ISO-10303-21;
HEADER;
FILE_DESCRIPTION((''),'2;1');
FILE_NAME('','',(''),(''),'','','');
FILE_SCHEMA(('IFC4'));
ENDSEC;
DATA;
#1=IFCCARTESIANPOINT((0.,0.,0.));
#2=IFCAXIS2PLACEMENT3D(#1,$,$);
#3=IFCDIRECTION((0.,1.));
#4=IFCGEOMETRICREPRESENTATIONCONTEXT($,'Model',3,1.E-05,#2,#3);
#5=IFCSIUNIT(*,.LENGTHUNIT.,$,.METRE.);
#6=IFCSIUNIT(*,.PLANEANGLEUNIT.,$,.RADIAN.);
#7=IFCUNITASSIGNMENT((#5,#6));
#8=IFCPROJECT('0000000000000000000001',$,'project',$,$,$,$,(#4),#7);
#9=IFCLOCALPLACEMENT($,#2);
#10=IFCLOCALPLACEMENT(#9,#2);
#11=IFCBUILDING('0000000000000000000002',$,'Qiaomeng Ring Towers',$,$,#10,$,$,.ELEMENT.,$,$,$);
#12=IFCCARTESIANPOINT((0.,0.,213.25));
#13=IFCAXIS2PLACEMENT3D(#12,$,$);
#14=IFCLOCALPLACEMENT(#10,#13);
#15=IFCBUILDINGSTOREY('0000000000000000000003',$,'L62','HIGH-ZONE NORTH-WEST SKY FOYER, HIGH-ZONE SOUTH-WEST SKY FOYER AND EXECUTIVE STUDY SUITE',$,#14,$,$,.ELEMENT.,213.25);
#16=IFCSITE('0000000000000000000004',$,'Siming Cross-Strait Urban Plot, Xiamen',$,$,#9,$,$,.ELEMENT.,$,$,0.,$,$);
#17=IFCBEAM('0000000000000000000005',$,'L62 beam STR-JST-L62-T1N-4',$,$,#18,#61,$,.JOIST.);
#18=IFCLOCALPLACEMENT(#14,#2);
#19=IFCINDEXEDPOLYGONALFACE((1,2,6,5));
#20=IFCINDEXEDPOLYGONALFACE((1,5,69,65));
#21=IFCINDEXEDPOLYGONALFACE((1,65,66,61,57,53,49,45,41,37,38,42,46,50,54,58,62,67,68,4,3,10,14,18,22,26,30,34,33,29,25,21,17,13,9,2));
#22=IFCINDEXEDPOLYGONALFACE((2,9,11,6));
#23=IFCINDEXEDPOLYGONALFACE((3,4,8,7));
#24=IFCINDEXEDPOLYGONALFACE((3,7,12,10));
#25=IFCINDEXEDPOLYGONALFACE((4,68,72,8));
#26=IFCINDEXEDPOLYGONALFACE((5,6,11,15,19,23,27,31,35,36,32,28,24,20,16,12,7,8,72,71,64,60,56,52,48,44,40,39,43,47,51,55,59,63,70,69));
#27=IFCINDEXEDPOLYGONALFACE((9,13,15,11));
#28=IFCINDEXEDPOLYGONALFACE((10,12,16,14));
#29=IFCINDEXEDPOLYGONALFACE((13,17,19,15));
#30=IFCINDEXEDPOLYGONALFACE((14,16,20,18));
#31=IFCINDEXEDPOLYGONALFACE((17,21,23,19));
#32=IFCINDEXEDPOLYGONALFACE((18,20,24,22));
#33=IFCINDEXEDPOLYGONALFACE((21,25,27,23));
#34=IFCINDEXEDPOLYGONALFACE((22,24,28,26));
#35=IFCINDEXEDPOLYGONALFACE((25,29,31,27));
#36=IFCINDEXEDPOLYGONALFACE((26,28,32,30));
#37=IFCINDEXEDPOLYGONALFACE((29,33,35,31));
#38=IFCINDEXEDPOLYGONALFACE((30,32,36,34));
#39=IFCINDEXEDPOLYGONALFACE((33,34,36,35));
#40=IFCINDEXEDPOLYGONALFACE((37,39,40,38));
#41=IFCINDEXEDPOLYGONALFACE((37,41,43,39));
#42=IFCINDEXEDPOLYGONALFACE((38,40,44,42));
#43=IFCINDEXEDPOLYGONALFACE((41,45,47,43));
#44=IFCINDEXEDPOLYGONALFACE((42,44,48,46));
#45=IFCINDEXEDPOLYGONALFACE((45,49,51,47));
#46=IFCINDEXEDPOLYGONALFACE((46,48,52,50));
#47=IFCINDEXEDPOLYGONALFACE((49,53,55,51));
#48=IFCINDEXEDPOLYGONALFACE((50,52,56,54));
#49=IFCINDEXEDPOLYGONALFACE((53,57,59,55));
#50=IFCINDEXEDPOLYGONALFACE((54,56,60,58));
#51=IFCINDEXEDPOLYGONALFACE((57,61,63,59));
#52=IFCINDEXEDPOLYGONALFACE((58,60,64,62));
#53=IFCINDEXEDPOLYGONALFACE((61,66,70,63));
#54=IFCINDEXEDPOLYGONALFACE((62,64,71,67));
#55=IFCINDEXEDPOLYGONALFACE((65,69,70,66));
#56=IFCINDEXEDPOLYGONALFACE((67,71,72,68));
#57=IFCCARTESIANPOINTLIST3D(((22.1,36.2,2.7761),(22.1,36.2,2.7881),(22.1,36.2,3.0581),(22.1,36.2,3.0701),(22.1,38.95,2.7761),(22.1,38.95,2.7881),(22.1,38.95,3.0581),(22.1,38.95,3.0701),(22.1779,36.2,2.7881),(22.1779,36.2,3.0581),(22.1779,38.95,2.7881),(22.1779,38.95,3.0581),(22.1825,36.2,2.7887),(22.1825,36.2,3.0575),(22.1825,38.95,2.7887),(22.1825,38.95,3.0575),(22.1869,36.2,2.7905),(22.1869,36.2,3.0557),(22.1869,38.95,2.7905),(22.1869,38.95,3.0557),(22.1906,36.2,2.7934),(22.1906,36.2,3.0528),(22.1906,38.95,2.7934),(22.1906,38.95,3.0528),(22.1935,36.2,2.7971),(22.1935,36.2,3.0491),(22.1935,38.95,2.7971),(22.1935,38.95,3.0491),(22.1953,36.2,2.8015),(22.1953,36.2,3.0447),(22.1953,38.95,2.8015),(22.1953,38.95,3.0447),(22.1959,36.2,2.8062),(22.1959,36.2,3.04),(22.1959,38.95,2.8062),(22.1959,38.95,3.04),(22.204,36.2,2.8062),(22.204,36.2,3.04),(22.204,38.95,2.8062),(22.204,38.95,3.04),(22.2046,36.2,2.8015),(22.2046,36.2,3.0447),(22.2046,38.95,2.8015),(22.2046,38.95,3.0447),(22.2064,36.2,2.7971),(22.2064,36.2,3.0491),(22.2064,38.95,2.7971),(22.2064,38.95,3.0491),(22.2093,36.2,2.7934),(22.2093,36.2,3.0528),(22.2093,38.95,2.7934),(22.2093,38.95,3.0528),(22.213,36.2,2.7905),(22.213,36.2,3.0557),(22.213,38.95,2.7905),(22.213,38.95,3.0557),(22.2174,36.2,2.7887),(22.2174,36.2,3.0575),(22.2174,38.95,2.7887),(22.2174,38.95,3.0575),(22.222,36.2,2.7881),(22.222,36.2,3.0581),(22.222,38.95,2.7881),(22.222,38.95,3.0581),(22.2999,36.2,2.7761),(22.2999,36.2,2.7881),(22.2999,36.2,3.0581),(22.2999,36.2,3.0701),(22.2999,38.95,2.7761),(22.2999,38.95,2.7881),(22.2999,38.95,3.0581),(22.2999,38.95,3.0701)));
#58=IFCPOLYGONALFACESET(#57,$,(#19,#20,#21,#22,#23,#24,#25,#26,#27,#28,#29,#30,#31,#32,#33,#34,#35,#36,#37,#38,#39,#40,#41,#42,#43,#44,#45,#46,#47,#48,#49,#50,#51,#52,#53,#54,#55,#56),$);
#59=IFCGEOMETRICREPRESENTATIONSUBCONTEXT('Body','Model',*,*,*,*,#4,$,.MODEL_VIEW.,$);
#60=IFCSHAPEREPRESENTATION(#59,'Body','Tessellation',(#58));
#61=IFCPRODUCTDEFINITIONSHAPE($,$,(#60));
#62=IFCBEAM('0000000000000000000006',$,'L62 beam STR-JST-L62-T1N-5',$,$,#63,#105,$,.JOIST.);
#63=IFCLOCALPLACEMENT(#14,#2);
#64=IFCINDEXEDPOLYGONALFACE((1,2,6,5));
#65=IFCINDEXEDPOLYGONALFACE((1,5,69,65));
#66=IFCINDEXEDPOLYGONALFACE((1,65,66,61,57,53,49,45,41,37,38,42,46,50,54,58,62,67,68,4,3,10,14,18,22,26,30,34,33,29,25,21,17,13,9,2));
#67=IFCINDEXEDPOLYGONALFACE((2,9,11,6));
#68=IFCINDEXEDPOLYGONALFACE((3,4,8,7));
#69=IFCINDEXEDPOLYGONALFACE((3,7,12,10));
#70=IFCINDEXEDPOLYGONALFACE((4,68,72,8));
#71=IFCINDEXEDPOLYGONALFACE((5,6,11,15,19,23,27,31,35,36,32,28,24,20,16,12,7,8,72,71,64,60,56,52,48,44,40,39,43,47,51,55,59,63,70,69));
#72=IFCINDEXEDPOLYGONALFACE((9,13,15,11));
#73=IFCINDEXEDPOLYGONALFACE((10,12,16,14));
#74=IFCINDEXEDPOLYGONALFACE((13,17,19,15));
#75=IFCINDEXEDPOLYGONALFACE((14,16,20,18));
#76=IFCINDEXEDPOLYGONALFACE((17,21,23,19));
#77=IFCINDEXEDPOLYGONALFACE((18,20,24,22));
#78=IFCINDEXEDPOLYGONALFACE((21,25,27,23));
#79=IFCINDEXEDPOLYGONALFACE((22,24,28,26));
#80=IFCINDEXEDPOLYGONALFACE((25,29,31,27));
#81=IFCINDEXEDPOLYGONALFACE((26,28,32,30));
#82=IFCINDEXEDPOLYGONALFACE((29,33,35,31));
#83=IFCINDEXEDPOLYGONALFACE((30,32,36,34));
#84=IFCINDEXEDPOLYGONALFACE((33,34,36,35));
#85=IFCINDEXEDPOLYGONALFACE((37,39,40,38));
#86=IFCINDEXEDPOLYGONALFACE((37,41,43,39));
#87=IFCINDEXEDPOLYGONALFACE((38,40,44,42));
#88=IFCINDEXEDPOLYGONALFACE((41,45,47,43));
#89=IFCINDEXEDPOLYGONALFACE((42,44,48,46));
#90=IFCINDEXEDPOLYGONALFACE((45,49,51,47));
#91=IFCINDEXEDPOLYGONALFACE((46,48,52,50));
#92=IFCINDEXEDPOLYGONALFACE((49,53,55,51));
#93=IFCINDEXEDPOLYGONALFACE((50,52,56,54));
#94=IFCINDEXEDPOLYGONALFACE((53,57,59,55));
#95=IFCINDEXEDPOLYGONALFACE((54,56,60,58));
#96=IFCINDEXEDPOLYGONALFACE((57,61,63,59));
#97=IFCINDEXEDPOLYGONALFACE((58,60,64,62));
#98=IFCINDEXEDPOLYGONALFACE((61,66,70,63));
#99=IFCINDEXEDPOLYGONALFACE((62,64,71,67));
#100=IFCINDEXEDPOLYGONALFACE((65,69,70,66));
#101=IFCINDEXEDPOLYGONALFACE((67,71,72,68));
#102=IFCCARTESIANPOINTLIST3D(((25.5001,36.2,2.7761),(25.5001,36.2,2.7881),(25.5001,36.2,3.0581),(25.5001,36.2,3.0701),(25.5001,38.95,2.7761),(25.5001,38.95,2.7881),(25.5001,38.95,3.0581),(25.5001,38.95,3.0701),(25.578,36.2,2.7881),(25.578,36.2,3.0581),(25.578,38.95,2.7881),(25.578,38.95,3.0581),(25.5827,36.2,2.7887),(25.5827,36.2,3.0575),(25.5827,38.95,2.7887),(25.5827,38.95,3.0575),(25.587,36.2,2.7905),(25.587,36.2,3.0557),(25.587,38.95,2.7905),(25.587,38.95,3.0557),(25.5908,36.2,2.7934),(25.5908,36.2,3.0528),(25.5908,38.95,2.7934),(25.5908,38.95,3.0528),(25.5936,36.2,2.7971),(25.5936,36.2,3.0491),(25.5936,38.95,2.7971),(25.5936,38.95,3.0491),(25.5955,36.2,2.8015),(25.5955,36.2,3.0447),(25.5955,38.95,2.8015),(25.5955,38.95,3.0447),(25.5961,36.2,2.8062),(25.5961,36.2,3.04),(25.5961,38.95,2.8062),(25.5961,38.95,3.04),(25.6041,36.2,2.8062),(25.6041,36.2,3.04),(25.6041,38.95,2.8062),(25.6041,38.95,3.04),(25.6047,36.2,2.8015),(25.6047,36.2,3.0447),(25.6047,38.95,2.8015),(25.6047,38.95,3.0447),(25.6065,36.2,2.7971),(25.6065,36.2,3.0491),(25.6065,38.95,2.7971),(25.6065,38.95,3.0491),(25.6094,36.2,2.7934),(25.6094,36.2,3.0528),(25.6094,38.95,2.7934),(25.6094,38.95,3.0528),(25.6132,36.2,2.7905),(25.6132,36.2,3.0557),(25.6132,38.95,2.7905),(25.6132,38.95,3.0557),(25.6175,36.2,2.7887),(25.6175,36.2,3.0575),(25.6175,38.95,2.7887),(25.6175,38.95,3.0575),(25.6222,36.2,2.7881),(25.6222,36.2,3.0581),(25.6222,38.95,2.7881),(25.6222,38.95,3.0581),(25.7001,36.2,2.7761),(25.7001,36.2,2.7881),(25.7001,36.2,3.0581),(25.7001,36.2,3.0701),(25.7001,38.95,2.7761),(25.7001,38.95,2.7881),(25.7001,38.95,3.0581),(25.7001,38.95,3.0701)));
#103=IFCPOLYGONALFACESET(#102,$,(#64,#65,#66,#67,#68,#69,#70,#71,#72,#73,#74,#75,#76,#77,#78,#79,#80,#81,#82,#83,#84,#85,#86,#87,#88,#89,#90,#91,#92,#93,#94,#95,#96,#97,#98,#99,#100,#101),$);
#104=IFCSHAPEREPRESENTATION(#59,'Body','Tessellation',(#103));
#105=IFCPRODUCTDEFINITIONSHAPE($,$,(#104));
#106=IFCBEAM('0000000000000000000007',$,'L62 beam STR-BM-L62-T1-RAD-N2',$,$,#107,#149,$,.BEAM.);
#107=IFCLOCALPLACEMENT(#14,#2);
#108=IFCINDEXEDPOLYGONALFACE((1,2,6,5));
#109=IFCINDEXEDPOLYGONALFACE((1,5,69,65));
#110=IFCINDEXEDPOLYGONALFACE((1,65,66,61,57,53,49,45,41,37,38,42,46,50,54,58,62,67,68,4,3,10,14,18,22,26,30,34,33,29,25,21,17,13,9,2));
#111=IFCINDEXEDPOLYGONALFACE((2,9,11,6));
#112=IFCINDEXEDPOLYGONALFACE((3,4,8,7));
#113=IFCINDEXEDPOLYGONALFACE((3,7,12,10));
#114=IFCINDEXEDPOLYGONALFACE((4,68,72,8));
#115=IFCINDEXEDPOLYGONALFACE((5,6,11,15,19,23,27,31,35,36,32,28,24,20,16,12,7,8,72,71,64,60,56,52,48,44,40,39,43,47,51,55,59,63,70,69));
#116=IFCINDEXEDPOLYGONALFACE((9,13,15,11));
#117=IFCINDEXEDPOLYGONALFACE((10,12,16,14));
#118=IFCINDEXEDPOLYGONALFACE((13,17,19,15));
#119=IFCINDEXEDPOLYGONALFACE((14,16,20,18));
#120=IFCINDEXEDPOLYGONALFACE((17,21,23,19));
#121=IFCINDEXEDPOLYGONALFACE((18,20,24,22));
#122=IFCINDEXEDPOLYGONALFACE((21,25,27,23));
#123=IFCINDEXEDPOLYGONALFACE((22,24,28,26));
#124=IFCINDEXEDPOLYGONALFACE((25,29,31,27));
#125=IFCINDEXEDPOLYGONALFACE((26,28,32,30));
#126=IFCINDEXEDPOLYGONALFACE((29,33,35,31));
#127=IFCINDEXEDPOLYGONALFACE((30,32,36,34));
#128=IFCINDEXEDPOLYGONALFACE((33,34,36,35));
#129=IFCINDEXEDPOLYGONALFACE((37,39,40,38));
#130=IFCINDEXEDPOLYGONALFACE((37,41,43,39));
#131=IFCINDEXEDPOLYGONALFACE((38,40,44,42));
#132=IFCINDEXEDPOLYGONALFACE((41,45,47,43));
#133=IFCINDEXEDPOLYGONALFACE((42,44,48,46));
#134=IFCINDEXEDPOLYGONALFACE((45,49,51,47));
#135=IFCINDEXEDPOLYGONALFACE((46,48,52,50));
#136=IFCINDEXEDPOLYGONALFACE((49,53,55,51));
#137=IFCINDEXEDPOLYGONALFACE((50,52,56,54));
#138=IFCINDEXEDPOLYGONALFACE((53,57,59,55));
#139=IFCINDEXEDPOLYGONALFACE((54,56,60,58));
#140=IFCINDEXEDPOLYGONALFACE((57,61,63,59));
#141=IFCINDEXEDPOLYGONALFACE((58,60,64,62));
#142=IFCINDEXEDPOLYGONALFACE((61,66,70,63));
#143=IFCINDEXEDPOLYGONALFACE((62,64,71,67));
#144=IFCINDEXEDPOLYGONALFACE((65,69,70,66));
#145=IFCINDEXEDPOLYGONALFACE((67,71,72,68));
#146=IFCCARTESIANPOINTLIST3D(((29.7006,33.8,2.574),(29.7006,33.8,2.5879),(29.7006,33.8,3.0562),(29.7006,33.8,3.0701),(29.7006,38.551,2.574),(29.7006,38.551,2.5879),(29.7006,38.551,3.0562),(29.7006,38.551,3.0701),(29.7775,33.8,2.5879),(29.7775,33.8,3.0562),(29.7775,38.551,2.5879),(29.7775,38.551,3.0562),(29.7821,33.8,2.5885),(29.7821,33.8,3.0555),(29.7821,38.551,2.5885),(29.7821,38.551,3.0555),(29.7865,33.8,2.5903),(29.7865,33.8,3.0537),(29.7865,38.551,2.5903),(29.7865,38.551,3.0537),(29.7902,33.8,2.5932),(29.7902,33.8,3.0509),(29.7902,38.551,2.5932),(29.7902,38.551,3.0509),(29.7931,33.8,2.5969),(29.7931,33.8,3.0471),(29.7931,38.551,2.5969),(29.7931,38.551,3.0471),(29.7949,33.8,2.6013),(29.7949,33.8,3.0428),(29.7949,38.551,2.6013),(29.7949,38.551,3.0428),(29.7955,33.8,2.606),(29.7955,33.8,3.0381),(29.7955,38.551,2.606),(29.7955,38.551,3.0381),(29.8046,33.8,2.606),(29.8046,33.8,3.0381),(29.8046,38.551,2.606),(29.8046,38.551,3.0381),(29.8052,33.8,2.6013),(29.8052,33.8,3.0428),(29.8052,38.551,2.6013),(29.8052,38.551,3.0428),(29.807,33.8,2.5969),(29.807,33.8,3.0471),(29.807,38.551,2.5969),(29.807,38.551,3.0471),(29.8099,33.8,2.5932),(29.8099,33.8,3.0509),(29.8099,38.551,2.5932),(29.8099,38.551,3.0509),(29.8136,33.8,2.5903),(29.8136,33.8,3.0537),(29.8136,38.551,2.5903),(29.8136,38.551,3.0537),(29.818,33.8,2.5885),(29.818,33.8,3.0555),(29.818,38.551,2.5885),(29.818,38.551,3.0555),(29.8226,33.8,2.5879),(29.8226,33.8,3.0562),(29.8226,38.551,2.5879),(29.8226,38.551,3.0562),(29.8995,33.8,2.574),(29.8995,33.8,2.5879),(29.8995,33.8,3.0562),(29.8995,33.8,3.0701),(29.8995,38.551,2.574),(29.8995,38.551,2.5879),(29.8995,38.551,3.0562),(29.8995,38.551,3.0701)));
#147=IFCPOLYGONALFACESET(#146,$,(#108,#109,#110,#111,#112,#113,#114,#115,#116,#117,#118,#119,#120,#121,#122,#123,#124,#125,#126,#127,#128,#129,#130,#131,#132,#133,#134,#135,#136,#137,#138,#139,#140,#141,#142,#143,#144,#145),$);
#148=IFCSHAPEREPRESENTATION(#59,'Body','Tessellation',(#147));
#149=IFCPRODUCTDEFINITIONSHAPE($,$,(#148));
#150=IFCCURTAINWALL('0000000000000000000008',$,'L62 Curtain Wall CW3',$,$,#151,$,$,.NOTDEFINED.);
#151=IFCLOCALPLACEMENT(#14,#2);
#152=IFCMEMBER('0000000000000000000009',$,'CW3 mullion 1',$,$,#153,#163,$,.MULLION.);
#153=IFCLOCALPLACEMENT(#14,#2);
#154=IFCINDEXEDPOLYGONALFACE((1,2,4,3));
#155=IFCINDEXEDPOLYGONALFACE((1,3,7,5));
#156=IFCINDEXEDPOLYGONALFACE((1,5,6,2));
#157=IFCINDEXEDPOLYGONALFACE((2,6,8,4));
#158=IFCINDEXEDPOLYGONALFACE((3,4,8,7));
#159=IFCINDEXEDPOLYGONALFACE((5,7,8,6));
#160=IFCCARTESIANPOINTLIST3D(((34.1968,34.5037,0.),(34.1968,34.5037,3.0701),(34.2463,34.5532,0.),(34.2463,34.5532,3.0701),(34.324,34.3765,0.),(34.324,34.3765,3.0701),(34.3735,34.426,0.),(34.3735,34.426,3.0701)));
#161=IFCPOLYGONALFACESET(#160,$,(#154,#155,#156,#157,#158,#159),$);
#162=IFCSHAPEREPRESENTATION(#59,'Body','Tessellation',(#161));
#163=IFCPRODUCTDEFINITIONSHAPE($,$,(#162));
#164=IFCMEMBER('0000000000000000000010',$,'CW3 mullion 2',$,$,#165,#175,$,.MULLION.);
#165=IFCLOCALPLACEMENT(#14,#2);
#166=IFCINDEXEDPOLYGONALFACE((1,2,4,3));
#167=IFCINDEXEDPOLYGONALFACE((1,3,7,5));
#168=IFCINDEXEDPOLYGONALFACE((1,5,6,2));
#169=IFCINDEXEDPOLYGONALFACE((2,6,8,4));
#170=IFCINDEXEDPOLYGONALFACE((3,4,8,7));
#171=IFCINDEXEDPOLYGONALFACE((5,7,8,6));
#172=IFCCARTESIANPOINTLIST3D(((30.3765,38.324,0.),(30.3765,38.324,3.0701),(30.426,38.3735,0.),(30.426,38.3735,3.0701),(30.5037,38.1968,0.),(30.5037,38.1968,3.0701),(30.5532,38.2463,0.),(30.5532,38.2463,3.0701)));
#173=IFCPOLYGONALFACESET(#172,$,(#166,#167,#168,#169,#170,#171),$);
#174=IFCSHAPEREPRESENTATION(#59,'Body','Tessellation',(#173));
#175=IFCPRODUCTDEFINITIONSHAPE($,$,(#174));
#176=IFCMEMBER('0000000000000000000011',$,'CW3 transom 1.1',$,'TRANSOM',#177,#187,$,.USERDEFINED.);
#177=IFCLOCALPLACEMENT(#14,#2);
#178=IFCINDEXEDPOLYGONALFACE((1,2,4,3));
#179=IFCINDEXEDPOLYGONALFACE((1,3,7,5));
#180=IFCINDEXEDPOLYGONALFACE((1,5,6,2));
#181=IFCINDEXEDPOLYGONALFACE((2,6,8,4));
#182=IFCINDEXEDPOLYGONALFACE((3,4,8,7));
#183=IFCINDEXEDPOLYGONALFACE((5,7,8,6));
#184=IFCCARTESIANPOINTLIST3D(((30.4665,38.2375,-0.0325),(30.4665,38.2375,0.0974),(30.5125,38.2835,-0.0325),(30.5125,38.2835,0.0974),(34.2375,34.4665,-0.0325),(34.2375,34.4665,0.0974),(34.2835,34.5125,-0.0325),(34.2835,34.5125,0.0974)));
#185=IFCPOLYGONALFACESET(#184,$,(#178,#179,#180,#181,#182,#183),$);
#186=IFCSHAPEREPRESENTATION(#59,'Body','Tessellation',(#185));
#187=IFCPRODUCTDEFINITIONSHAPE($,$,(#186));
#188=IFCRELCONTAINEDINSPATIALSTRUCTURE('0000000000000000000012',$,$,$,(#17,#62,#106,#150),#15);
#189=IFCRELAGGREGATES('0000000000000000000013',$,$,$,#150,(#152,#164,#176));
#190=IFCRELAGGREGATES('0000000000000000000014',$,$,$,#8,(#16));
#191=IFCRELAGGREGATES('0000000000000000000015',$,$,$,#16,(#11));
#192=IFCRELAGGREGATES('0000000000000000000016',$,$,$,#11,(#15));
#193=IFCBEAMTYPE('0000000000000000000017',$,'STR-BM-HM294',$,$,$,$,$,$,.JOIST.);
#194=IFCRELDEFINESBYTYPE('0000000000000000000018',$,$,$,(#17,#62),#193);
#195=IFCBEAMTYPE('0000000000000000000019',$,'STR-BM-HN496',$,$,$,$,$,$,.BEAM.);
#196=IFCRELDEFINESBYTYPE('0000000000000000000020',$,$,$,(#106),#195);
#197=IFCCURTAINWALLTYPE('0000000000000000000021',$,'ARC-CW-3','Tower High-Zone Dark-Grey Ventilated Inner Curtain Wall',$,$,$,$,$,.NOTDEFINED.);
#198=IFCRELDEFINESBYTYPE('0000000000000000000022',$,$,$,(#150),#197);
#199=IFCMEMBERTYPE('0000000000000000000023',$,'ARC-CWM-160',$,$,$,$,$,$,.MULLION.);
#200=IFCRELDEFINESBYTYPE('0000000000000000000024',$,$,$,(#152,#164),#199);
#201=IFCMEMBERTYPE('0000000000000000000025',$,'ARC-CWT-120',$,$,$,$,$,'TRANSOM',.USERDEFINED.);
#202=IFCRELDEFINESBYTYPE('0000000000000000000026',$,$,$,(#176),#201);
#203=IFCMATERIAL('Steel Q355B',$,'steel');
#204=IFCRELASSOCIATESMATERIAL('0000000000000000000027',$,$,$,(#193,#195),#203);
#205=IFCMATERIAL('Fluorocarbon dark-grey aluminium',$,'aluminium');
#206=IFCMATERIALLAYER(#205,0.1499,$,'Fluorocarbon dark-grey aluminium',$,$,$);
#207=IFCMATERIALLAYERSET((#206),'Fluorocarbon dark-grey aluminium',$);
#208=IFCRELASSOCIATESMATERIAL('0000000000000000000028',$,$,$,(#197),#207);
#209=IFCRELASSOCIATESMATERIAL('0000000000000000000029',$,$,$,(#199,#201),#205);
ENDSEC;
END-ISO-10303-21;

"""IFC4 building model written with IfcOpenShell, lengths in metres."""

from ifc_helpers import new_model, si_unit, direction, frame, origin, origin_2d, place, context, subcontext, project, spatial, rectangle, i_section, extrude, source, transform, mapped, material, layer, layer_set, material_profile, profile_set, type_object, element, aggregate, save


model = new_model("IFC4")

# Units and contexts
model_context = context("Model", 3, precision=1e-05, world=origin(), true_north=direction((0.0, 1.0)))
body_context = subcontext(model_context, "Body", "Model", "MODEL_VIEW")
ifc_project = project(units=[si_unit("LENGTHUNIT", "METRE"), si_unit("PLANEANGLEUNIT", "RADIAN")], contexts=[model_context])

# Site, building, storey
site_placement = place(None, origin())
site = spatial("IfcSite", under=ifc_project, at=site_placement, Name="Siming Cross-Strait Urban Plot, Xiamen", CompositionType="ELEMENT", RefElevation=0.0)
building_placement = place(site_placement, origin())
building = spatial("IfcBuilding", under=site, at=building_placement, Name="Qiaomeng Ring Towers", CompositionType="ELEMENT")
storey_placement = place(building_placement, frame((0.0, 0.0, 213.25)))
storey = spatial("IfcBuildingStorey", under=building, at=storey_placement, Name="L62", Description="HIGH-ZONE NORTH-WEST SKY FOYER, HIGH-ZONE SOUTH-WEST SKY FOYER AND EXECUTIVE STUDY SUITE", CompositionType="ELEMENT", Elevation=213.25)

# Beams
ifc_material_1 = material(Name="Steel Q355B", Category="steel")
ifc_material_profile_1 = material_profile(ifc_material_1, i_section(OverallWidth=0.2, OverallDepth=0.2939, WebThickness=0.0081, FlangeThickness=0.012, FilletRadius=0.0181, at=origin_2d()), Name="HM 294x200x8x12")
ifc_profile_set_1 = profile_set([ifc_material_profile_1], Name="Steel Q355B")
beam_type_1 = type_object("IfcBeamType", Name="STR-BM-HM294", PredefinedType="JOIST", material=ifc_profile_set_1)
shared_shape_1 = source(origin(), body_context, "Body", "SweptSolid", [
    extrude(i_section(OverallWidth=0.2, OverallDepth=0.2939, WebThickness=0.0081, FlangeThickness=0.012, FilletRadius=0.0181, at=origin_2d()), origin(), (0.0, 0.0, 1.0), 2.75),
])
for number, where, z_axis, x_axis, name in (
    (1, (22.2, 36.2, 2.9231), (0.0, 1.0, 0.0), (-1.0, 0.0, 0.0), "L62 beam STR-JST-L62-T1N-4"),
    (2, (25.6001, 36.2, 2.9231), (0.0, 1.0, 0.0), (-1.0, 0.0, 0.0), "L62 beam STR-JST-L62-T1N-5"),
):
    element("IfcBeam", number, at=place(storey_placement, frame(where, z_axis=z_axis, x_axis=x_axis)), inside=storey, type_object=beam_type_1, Name=name, PredefinedType="JOIST", context=body_context, shape_type="MappedRepresentation", body=[
        mapped(shared_shape_1, transform((0.0, 0.0, 0.0), x_axis=(1.0, 0.0, 0.0), y_axis=(0.0, 1.0, 0.0), z_axis=(0.0, 0.0, 1.0), scale=1.0)),
    ])
ifc_material_profile_2 = material_profile(ifc_material_1, i_section(OverallWidth=0.199, OverallDepth=0.4961, WebThickness=0.009, FlangeThickness=0.0139, FilletRadius=0.0181, at=origin_2d()), Name="HN 496x199x9x14")
ifc_profile_set_2 = profile_set([ifc_material_profile_2], Name="Steel Q355B")
beam_type_2 = type_object("IfcBeamType", Name="STR-BM-HN496", PredefinedType="BEAM", material=ifc_profile_set_2)
shared_shape_2 = source(origin(), body_context, "Body", "SweptSolid", [
    extrude(i_section(OverallWidth=0.199, OverallDepth=0.4961, WebThickness=0.009, FlangeThickness=0.0139, FilletRadius=0.0181, at=origin_2d()), origin(), (0.0, 0.0, 1.0), 4.751),
])
beam_1_placement = place(storey_placement, frame((29.8, 38.551, 2.822), z_axis=(0.0, -1.0, 0.0), x_axis=(1.0, 0.0, 0.0)))
element("IfcBeam", 3, at=beam_1_placement, inside=storey, type_object=beam_type_2, Name="L62 beam STR-BM-L62-T1-RAD-N2", PredefinedType="BEAM", context=body_context, shape_type="MappedRepresentation", body=[
    mapped(shared_shape_2, transform((0.0, 0.0, 0.0), x_axis=(1.0, 0.0, 0.0), y_axis=(0.0, 1.0, 0.0), z_axis=(0.0, 0.0, 1.0), scale=1.0)),
])

# Curtain wall, members
ifc_material_2 = material(Name="Fluorocarbon dark-grey aluminium", Category="aluminium")
ifc_layer_1 = layer(ifc_material_2, 0.1499, Name="Fluorocarbon dark-grey aluminium")
ifc_layer_set_1 = layer_set([ifc_layer_1], Name="Fluorocarbon dark-grey aluminium")
curtain_wall_type = type_object("IfcCurtainWallType", Name="ARC-CW-3", Description="Tower High-Zone Dark-Grey Ventilated Inner Curtain Wall", PredefinedType="NOTDEFINED", material=ifc_layer_set_1)
curtain_wall_placement = place(storey_placement, origin())
curtain_wall = element("IfcCurtainWall", 4, at=curtain_wall_placement, inside=storey, type_object=curtain_wall_type, Name="L62 Curtain Wall CW3", PredefinedType="NOTDEFINED")
ifc_material_profile_3 = material_profile(ifc_material_2, rectangle(XDim=0.0701, YDim=0.1799, at=origin_2d()), Name="ALU MULL 70x180")
ifc_profile_set_3 = profile_set([ifc_material_profile_3], Name="Fluorocarbon dark-grey aluminium")
member_type_1 = type_object("IfcMemberType", Name="ARC-CWM-160", PredefinedType="MULLION", material=ifc_profile_set_3)
shared_shape_3 = source(origin(), body_context, "Body", "SweptSolid", [
    extrude(rectangle(XDim=0.0701, YDim=0.1799, at=origin_2d()), origin(), (0.0, 0.0, 1.0), 3.0701),
])
member_1_placement = place(storey_placement, frame((34.2852, 34.4648, 0.0), z_axis=(0.0, 0.0, 1.0), x_axis=(-0.707107, -0.707107, 0.0)))
member_1 = element("IfcMember", 5, at=member_1_placement, type_object=member_type_1, Name="CW3 mullion 1", PredefinedType="MULLION", context=body_context, shape_type="MappedRepresentation", body=[
    mapped(shared_shape_3, transform((0.0, 0.0, 0.0), x_axis=(1.0, 0.0, 0.0), y_axis=(0.0, 1.0, 0.0), z_axis=(0.0, 0.0, 1.0), scale=1.0)),
])
member_2_placement = place(storey_placement, frame((30.4648, 38.2852, 0.0), z_axis=(0.0, 0.0, 1.0), x_axis=(-0.707107, -0.707107, 0.0)))
member_2 = element("IfcMember", 6, at=member_2_placement, type_object=member_type_1, Name="CW3 mullion 2", PredefinedType="MULLION", context=body_context, shape_type="MappedRepresentation", body=[
    mapped(shared_shape_3, transform((0.0, 0.0, 0.0), x_axis=(1.0, 0.0, 0.0), y_axis=(0.0, 1.0, 0.0), z_axis=(0.0, 0.0, 1.0), scale=1.0)),
])
ifc_material_profile_4 = material_profile(ifc_material_2, rectangle(XDim=0.0649, YDim=0.1299, at=origin_2d()), Name="ALU TRAN 65x130")
ifc_profile_set_4 = profile_set([ifc_material_profile_4], Name="Fluorocarbon dark-grey aluminium")
member_type_2 = type_object("IfcMemberType", Name="ARC-CWT-120", ElementType="TRANSOM", PredefinedType="USERDEFINED", material=ifc_profile_set_4)
shared_shape_4 = source(origin(), body_context, "Body", "SweptSolid", [
    extrude(rectangle(XDim=0.0649, YDim=0.1299, at=origin_2d()), origin(), (0.0, 0.0, 1.0), 5.333),
])
member_3_placement = place(storey_placement, frame((34.2605, 34.4895, 0.0325), z_axis=(-0.707107, 0.707107, 0.0), x_axis=(-0.707107, -0.707107, 0.0)))
member_3 = element("IfcMember", 7, at=member_3_placement, type_object=member_type_2, Name="CW3 transom 1.1", ObjectType="TRANSOM", PredefinedType="USERDEFINED", context=body_context, shape_type="MappedRepresentation", body=[
    mapped(shared_shape_4, transform((0.0, 0.0, 0.0), x_axis=(1.0, 0.0, 0.0), y_axis=(0.0, 1.0, 0.0), z_axis=(0.0, 0.0, 1.0), scale=1.0)),
])
aggregate(curtain_wall, [member_1, member_2, member_3])

save(model, "model.ifc")
